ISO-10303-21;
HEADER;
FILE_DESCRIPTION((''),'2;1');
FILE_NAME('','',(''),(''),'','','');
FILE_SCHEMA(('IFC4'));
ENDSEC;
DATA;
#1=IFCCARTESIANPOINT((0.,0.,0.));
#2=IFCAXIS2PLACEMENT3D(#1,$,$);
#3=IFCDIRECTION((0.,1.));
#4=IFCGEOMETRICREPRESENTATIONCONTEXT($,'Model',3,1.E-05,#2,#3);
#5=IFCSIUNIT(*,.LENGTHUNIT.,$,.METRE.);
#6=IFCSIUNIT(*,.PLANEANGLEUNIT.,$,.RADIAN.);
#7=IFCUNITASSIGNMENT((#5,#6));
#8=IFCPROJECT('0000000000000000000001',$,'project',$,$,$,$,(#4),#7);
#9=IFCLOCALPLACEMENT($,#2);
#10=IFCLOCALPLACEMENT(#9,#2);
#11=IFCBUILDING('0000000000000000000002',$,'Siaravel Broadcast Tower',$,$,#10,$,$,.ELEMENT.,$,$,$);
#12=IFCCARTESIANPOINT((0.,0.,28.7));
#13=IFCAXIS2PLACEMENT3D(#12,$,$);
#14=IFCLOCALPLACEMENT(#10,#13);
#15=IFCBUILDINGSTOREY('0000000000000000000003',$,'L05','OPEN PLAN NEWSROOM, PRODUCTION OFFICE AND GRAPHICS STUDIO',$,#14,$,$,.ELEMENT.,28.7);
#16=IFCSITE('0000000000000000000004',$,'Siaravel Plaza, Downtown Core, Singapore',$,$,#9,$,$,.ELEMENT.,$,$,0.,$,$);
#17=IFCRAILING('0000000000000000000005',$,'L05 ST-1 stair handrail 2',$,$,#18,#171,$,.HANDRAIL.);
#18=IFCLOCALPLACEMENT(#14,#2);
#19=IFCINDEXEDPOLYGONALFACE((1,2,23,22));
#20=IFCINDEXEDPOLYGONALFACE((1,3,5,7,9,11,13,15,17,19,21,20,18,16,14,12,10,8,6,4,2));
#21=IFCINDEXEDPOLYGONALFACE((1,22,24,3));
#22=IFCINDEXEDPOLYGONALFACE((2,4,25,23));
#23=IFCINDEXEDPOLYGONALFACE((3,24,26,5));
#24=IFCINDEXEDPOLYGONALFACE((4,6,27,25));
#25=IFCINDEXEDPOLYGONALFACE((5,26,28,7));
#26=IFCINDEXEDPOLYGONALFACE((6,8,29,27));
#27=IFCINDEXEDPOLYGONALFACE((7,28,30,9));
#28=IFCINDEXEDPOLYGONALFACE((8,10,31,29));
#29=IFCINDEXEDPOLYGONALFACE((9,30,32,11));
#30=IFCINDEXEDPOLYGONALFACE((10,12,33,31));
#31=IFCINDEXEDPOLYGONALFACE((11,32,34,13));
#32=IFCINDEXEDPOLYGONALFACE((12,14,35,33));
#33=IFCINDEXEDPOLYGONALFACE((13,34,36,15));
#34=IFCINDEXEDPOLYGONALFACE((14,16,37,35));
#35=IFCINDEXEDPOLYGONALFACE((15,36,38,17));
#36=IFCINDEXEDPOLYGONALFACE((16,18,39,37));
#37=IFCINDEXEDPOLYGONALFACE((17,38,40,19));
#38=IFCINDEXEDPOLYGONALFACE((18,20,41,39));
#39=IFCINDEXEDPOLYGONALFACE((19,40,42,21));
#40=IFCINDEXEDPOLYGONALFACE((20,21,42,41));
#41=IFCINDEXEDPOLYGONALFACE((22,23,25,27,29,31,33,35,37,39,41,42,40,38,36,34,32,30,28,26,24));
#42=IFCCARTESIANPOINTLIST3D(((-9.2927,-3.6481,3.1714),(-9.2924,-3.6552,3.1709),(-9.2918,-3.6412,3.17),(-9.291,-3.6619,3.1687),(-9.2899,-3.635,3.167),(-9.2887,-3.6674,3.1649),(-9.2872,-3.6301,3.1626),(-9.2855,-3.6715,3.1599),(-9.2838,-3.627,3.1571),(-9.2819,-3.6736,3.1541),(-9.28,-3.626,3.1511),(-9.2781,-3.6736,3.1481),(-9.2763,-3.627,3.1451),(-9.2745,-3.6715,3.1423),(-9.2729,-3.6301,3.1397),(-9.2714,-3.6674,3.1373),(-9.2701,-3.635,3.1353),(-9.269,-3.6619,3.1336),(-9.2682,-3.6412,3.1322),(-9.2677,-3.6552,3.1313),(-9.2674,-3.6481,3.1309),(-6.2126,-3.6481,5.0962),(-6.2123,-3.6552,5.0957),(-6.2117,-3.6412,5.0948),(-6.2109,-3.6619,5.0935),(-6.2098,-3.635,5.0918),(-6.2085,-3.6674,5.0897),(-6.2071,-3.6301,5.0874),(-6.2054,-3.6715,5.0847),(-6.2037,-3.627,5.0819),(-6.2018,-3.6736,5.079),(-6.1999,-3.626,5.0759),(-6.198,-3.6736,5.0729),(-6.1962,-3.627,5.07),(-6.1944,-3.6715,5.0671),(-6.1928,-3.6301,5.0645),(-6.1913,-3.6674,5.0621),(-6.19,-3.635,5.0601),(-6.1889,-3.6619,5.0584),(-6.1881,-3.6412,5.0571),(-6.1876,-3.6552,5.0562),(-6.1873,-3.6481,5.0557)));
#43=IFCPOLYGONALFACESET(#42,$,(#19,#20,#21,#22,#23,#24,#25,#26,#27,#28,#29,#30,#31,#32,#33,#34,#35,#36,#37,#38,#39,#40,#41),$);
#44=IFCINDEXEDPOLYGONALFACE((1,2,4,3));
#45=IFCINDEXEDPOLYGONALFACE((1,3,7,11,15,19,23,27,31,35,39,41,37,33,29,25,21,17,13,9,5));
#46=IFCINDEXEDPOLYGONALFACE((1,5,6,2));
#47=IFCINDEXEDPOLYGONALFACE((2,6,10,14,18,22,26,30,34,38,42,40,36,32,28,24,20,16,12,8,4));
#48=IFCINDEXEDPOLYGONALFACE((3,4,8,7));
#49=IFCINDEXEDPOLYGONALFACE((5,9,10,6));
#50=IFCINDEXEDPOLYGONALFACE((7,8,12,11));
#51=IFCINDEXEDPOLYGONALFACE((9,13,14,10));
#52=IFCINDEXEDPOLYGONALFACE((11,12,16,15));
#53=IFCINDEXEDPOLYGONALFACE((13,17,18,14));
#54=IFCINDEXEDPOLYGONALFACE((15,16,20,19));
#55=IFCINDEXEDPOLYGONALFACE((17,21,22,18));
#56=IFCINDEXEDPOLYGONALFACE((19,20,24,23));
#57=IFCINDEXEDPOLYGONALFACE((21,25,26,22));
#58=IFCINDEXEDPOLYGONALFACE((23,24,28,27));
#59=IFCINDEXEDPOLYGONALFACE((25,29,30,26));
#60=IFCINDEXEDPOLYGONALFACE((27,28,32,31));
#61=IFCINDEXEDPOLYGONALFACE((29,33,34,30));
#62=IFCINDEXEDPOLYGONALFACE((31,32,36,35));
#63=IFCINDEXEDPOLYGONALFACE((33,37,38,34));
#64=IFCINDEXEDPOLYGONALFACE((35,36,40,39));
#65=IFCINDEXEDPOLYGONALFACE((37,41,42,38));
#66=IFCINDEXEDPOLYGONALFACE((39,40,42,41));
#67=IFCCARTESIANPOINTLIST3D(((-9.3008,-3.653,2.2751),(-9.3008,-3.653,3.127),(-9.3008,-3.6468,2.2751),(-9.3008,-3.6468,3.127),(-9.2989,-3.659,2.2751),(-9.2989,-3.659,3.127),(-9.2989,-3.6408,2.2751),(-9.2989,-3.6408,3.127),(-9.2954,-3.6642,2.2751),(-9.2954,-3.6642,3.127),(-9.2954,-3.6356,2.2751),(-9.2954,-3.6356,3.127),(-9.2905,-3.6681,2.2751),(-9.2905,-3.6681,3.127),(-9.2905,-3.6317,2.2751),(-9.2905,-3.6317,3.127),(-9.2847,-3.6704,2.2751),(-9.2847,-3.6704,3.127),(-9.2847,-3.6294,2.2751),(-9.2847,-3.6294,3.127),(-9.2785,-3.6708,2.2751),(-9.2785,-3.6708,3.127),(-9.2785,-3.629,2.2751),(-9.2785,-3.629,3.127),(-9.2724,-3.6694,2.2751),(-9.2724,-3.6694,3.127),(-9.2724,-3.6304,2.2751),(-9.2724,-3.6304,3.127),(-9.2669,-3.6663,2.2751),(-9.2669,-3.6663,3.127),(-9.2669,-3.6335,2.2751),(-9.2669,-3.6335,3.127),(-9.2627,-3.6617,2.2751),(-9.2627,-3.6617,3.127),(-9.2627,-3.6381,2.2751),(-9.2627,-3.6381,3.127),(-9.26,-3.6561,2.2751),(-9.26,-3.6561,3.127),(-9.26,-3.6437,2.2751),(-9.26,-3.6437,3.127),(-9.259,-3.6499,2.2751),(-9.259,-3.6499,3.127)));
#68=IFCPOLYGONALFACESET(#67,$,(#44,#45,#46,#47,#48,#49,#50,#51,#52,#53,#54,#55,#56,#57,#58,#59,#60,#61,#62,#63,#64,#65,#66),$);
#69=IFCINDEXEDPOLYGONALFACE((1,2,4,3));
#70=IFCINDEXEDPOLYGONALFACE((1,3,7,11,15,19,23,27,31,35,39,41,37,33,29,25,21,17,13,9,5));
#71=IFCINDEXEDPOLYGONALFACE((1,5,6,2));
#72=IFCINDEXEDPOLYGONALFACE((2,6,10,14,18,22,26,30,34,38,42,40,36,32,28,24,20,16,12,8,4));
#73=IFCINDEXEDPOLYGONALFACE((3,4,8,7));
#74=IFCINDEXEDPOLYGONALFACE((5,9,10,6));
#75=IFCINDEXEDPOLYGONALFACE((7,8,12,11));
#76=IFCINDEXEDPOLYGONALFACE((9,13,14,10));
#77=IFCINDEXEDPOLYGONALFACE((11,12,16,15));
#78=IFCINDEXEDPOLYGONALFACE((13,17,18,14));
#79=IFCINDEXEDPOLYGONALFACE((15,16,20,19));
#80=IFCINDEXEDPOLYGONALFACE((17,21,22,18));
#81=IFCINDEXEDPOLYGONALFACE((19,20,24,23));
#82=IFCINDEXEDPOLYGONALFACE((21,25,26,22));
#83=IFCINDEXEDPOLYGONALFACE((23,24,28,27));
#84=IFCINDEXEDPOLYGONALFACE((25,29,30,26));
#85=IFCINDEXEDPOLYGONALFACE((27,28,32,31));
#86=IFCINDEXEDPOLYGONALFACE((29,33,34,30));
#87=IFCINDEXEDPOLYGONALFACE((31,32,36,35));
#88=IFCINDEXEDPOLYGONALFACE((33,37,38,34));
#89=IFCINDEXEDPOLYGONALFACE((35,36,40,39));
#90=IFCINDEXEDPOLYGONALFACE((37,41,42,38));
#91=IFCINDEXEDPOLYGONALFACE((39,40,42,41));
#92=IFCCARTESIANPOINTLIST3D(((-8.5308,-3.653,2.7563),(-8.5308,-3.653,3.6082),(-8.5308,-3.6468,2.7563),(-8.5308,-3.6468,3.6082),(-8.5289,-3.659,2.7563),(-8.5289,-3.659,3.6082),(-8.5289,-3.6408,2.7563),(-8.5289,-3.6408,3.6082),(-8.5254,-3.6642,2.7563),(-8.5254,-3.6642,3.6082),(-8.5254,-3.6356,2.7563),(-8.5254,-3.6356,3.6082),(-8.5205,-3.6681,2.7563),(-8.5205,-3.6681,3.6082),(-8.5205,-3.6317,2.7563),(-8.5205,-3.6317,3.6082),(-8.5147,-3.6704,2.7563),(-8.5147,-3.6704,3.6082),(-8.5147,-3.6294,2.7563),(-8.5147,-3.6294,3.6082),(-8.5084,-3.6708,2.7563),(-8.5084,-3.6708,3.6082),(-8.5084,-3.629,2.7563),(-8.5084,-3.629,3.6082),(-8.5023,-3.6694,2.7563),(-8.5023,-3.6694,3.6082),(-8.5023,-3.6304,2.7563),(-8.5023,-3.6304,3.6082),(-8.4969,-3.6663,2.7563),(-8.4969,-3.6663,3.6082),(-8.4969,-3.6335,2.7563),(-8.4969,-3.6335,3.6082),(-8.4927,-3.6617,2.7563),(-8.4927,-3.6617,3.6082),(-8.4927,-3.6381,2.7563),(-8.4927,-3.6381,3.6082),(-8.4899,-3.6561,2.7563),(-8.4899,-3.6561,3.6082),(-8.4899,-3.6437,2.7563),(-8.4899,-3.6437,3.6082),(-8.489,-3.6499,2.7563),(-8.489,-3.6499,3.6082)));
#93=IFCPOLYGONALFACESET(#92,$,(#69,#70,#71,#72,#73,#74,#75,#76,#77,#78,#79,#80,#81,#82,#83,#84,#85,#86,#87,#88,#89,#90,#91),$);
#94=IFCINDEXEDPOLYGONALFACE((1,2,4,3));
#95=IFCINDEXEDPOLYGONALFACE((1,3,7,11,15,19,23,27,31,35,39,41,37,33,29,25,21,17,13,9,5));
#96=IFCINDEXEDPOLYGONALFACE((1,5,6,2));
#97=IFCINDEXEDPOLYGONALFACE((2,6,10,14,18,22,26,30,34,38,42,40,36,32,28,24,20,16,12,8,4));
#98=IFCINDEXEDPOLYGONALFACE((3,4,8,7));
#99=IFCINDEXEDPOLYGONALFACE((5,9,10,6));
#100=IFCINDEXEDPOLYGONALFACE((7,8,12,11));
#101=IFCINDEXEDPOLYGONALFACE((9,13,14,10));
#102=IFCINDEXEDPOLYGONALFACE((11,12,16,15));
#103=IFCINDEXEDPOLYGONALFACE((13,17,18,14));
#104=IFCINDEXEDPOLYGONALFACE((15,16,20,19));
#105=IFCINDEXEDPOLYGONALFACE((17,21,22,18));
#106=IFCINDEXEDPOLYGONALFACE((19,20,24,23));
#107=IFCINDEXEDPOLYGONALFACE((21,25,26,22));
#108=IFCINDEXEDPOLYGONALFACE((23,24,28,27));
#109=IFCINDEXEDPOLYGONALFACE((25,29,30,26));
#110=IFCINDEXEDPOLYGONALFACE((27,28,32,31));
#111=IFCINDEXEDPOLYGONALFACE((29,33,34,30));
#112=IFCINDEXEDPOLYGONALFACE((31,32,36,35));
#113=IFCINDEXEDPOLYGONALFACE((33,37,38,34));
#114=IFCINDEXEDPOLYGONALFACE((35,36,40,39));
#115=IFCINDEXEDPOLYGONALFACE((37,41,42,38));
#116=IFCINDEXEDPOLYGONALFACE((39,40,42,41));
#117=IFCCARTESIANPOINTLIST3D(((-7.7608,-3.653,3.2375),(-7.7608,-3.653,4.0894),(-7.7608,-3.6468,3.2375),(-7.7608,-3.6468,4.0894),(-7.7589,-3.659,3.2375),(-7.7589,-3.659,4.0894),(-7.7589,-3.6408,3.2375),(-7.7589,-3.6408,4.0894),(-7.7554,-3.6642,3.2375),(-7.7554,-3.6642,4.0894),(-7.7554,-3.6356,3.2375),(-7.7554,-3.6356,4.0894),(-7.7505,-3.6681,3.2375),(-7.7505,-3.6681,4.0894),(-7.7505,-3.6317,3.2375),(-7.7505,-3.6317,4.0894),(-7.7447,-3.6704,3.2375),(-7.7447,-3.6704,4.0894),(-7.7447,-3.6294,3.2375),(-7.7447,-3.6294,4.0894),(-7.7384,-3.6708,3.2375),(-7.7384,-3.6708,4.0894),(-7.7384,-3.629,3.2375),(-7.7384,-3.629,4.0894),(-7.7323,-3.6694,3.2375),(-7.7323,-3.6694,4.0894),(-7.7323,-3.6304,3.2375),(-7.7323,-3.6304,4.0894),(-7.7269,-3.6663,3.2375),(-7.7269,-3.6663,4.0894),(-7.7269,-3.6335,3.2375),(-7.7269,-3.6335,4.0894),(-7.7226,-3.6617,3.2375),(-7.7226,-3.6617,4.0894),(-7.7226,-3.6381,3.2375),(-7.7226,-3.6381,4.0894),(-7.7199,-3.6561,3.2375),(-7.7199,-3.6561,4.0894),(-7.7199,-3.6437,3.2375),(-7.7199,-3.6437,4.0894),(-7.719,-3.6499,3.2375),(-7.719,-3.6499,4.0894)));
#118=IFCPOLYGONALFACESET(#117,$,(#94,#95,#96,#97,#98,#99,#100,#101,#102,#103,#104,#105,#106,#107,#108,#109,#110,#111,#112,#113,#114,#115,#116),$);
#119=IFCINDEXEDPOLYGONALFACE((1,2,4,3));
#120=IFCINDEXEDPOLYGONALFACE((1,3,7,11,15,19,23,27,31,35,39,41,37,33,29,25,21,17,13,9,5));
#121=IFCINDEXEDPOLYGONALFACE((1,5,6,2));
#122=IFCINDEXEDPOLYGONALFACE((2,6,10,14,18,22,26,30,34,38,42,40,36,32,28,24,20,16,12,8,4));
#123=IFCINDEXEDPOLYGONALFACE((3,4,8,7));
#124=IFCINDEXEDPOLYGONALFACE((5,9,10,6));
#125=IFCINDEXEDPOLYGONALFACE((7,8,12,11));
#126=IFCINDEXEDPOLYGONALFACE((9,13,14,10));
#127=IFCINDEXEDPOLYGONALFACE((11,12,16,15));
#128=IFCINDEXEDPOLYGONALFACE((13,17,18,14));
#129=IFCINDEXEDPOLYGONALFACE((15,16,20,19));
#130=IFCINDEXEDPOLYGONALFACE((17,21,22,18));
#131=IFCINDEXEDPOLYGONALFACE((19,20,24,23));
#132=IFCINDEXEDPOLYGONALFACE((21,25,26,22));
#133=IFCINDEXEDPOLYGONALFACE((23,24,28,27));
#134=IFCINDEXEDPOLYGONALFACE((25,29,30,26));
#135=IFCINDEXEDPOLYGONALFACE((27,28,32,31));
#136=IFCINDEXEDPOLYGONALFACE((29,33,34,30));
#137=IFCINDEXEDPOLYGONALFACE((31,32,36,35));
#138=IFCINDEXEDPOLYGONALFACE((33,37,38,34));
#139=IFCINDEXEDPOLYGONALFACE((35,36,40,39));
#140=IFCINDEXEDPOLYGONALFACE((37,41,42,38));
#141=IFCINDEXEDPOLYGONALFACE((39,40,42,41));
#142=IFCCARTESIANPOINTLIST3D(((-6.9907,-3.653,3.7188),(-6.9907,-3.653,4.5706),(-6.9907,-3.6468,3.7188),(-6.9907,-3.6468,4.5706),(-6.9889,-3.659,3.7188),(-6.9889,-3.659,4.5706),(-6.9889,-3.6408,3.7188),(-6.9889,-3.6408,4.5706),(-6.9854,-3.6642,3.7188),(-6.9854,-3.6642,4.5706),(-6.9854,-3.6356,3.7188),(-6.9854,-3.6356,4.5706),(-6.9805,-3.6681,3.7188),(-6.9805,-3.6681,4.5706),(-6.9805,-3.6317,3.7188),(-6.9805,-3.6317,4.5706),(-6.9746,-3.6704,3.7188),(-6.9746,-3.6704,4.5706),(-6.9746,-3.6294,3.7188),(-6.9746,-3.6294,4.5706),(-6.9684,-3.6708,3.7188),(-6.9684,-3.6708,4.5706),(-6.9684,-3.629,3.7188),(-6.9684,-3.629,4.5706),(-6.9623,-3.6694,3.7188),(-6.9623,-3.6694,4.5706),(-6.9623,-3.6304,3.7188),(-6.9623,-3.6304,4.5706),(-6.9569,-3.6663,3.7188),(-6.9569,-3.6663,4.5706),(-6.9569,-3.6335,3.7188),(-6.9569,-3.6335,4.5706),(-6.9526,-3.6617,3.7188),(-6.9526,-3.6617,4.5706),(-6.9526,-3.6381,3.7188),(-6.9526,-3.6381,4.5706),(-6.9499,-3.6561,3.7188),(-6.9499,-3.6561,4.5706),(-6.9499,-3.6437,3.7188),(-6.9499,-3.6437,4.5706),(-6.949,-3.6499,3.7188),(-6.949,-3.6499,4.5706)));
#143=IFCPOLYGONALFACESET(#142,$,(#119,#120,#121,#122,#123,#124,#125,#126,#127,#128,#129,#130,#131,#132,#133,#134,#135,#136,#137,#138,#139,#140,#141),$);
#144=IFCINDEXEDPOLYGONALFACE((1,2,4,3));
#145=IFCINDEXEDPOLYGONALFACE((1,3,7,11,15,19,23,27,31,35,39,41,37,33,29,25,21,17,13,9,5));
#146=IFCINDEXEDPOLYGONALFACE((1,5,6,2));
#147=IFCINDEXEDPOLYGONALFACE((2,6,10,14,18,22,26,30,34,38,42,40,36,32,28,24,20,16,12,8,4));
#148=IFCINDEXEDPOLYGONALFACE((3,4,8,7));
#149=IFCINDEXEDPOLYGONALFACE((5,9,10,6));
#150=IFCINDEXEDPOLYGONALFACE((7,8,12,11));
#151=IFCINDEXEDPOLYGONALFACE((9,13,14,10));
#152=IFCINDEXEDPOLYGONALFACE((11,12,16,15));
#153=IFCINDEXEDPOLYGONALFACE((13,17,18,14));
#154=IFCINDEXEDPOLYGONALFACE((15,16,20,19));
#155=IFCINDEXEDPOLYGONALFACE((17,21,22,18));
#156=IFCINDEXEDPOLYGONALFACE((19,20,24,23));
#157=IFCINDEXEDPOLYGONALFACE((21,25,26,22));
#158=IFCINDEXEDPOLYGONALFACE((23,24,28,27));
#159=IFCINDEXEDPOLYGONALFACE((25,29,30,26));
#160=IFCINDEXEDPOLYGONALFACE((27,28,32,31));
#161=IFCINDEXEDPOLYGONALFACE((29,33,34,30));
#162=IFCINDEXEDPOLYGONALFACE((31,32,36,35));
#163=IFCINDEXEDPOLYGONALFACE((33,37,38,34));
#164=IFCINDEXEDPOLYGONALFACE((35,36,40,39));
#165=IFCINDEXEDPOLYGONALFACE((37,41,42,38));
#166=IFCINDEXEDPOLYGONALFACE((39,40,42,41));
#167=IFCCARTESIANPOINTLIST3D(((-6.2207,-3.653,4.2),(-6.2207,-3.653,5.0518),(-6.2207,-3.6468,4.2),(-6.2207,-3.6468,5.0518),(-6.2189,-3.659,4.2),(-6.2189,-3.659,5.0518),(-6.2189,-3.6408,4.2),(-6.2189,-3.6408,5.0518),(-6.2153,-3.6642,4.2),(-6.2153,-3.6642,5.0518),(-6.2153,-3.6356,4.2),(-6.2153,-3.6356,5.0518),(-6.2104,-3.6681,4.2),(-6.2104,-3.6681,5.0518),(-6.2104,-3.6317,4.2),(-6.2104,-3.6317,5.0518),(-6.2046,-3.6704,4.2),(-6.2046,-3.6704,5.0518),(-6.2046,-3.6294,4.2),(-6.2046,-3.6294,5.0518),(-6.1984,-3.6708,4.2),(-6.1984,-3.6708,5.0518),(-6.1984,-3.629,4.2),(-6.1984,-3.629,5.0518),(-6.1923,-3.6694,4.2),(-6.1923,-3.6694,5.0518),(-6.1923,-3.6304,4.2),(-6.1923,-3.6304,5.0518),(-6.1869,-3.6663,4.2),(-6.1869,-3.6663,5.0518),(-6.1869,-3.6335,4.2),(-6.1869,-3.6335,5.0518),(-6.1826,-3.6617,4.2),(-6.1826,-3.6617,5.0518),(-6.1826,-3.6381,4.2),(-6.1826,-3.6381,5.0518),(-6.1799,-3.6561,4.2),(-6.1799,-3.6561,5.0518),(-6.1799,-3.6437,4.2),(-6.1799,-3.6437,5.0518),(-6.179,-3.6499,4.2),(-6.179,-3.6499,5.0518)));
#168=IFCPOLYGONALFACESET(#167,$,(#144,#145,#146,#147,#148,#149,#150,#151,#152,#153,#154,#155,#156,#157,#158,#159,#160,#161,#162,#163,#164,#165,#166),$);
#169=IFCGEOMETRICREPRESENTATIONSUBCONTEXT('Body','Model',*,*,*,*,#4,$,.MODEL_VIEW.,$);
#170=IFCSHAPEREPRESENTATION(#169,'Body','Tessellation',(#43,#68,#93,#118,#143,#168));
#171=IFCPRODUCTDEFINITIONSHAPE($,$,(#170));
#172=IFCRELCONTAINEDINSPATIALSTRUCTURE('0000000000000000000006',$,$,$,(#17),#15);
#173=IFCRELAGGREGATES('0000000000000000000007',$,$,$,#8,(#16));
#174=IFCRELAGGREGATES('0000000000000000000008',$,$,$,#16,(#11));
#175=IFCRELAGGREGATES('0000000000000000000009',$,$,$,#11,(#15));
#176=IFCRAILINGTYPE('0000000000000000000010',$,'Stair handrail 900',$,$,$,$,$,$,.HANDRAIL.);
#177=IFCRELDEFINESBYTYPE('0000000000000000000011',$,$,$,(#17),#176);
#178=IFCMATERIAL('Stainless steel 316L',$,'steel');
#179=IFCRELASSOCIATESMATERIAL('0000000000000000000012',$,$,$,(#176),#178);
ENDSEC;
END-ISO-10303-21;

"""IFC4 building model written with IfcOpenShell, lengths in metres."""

from ifc_helpers import new_model, si_unit, direction, frame, origin, origin_2d, place, context, subcontext, project, spatial, circle, extrude, material, type_object, element, save


model = new_model("IFC4")

# Units and contexts
model_context = context("Model", 3, precision=1e-05, world=origin(), true_north=direction((0.0, 1.0)))
body_context = subcontext(model_context, "Body", "Model", "MODEL_VIEW")
ifc_project = project(units=[si_unit("LENGTHUNIT", "METRE"), si_unit("PLANEANGLEUNIT", "RADIAN")], contexts=[model_context])

# Site, building, storey
site_placement = place(None, origin())
site = spatial("IfcSite", under=ifc_project, at=site_placement, Name="Siaravel Plaza, Downtown Core, Singapore", CompositionType="ELEMENT", RefElevation=0.0)
building_placement = place(site_placement, origin())
building = spatial("IfcBuilding", under=site, at=building_placement, Name="Siaravel Broadcast Tower", CompositionType="ELEMENT")
storey_placement = place(building_placement, frame((0.0, 0.0, 28.7)))
storey = spatial("IfcBuildingStorey", under=building, at=storey_placement, Name="L05", Description="OPEN PLAN NEWSROOM, PRODUCTION OFFICE AND GRAPHICS STUDIO", CompositionType="ELEMENT", Elevation=28.7)

# Shared definitions
ifc_material_1 = material(Name="Stainless steel 316L", Category="steel")

# Railing
railing_type_1 = type_object("IfcRailingType", Name="Stair handrail 900", PredefinedType="HANDRAIL", material=ifc_material_1)
railing_1_placement = place(storey_placement, frame((-9.28, -3.6499, 2.2751)))
element("IfcRailing", 1, at=railing_1_placement, inside=storey, type_object=railing_type_1, Name="L05 ST-1 stair handrail 2", PredefinedType="HANDRAIL", context=body_context, shape_type="SweptSolid", body=[
    extrude(circle(Radius=0.0239, at=origin_2d()), frame((0.0, 0.0, 0.876), z_axis=(0.848029, 0.0, 0.529951), x_axis=(0.0, 1.0, 0.0)), (0.0, 0.0, 1.0), 3.6321),
    extrude(circle(Radius=0.021, at=origin_2d()), origin(), (0.0, 0.0, 1.0), 0.8518),
    extrude(circle(Radius=0.021, at=origin_2d()), frame((0.77, 0.0, 0.4812)), (0.0, 0.0, 1.0), 0.8518),
    extrude(circle(Radius=0.021, at=origin_2d()), frame((1.54, 0.0, 0.9624)), (0.0, 0.0, 1.0), 0.8518),
    extrude(circle(Radius=0.021, at=origin_2d()), frame((2.3101, 0.0, 1.4436)), (0.0, 0.0, 1.0), 0.8518),
    extrude(circle(Radius=0.021, at=origin_2d()), frame((3.0801, 0.0, 1.9248)), (0.0, 0.0, 1.0), 0.8518),
])

save(model, "model.ifc")
